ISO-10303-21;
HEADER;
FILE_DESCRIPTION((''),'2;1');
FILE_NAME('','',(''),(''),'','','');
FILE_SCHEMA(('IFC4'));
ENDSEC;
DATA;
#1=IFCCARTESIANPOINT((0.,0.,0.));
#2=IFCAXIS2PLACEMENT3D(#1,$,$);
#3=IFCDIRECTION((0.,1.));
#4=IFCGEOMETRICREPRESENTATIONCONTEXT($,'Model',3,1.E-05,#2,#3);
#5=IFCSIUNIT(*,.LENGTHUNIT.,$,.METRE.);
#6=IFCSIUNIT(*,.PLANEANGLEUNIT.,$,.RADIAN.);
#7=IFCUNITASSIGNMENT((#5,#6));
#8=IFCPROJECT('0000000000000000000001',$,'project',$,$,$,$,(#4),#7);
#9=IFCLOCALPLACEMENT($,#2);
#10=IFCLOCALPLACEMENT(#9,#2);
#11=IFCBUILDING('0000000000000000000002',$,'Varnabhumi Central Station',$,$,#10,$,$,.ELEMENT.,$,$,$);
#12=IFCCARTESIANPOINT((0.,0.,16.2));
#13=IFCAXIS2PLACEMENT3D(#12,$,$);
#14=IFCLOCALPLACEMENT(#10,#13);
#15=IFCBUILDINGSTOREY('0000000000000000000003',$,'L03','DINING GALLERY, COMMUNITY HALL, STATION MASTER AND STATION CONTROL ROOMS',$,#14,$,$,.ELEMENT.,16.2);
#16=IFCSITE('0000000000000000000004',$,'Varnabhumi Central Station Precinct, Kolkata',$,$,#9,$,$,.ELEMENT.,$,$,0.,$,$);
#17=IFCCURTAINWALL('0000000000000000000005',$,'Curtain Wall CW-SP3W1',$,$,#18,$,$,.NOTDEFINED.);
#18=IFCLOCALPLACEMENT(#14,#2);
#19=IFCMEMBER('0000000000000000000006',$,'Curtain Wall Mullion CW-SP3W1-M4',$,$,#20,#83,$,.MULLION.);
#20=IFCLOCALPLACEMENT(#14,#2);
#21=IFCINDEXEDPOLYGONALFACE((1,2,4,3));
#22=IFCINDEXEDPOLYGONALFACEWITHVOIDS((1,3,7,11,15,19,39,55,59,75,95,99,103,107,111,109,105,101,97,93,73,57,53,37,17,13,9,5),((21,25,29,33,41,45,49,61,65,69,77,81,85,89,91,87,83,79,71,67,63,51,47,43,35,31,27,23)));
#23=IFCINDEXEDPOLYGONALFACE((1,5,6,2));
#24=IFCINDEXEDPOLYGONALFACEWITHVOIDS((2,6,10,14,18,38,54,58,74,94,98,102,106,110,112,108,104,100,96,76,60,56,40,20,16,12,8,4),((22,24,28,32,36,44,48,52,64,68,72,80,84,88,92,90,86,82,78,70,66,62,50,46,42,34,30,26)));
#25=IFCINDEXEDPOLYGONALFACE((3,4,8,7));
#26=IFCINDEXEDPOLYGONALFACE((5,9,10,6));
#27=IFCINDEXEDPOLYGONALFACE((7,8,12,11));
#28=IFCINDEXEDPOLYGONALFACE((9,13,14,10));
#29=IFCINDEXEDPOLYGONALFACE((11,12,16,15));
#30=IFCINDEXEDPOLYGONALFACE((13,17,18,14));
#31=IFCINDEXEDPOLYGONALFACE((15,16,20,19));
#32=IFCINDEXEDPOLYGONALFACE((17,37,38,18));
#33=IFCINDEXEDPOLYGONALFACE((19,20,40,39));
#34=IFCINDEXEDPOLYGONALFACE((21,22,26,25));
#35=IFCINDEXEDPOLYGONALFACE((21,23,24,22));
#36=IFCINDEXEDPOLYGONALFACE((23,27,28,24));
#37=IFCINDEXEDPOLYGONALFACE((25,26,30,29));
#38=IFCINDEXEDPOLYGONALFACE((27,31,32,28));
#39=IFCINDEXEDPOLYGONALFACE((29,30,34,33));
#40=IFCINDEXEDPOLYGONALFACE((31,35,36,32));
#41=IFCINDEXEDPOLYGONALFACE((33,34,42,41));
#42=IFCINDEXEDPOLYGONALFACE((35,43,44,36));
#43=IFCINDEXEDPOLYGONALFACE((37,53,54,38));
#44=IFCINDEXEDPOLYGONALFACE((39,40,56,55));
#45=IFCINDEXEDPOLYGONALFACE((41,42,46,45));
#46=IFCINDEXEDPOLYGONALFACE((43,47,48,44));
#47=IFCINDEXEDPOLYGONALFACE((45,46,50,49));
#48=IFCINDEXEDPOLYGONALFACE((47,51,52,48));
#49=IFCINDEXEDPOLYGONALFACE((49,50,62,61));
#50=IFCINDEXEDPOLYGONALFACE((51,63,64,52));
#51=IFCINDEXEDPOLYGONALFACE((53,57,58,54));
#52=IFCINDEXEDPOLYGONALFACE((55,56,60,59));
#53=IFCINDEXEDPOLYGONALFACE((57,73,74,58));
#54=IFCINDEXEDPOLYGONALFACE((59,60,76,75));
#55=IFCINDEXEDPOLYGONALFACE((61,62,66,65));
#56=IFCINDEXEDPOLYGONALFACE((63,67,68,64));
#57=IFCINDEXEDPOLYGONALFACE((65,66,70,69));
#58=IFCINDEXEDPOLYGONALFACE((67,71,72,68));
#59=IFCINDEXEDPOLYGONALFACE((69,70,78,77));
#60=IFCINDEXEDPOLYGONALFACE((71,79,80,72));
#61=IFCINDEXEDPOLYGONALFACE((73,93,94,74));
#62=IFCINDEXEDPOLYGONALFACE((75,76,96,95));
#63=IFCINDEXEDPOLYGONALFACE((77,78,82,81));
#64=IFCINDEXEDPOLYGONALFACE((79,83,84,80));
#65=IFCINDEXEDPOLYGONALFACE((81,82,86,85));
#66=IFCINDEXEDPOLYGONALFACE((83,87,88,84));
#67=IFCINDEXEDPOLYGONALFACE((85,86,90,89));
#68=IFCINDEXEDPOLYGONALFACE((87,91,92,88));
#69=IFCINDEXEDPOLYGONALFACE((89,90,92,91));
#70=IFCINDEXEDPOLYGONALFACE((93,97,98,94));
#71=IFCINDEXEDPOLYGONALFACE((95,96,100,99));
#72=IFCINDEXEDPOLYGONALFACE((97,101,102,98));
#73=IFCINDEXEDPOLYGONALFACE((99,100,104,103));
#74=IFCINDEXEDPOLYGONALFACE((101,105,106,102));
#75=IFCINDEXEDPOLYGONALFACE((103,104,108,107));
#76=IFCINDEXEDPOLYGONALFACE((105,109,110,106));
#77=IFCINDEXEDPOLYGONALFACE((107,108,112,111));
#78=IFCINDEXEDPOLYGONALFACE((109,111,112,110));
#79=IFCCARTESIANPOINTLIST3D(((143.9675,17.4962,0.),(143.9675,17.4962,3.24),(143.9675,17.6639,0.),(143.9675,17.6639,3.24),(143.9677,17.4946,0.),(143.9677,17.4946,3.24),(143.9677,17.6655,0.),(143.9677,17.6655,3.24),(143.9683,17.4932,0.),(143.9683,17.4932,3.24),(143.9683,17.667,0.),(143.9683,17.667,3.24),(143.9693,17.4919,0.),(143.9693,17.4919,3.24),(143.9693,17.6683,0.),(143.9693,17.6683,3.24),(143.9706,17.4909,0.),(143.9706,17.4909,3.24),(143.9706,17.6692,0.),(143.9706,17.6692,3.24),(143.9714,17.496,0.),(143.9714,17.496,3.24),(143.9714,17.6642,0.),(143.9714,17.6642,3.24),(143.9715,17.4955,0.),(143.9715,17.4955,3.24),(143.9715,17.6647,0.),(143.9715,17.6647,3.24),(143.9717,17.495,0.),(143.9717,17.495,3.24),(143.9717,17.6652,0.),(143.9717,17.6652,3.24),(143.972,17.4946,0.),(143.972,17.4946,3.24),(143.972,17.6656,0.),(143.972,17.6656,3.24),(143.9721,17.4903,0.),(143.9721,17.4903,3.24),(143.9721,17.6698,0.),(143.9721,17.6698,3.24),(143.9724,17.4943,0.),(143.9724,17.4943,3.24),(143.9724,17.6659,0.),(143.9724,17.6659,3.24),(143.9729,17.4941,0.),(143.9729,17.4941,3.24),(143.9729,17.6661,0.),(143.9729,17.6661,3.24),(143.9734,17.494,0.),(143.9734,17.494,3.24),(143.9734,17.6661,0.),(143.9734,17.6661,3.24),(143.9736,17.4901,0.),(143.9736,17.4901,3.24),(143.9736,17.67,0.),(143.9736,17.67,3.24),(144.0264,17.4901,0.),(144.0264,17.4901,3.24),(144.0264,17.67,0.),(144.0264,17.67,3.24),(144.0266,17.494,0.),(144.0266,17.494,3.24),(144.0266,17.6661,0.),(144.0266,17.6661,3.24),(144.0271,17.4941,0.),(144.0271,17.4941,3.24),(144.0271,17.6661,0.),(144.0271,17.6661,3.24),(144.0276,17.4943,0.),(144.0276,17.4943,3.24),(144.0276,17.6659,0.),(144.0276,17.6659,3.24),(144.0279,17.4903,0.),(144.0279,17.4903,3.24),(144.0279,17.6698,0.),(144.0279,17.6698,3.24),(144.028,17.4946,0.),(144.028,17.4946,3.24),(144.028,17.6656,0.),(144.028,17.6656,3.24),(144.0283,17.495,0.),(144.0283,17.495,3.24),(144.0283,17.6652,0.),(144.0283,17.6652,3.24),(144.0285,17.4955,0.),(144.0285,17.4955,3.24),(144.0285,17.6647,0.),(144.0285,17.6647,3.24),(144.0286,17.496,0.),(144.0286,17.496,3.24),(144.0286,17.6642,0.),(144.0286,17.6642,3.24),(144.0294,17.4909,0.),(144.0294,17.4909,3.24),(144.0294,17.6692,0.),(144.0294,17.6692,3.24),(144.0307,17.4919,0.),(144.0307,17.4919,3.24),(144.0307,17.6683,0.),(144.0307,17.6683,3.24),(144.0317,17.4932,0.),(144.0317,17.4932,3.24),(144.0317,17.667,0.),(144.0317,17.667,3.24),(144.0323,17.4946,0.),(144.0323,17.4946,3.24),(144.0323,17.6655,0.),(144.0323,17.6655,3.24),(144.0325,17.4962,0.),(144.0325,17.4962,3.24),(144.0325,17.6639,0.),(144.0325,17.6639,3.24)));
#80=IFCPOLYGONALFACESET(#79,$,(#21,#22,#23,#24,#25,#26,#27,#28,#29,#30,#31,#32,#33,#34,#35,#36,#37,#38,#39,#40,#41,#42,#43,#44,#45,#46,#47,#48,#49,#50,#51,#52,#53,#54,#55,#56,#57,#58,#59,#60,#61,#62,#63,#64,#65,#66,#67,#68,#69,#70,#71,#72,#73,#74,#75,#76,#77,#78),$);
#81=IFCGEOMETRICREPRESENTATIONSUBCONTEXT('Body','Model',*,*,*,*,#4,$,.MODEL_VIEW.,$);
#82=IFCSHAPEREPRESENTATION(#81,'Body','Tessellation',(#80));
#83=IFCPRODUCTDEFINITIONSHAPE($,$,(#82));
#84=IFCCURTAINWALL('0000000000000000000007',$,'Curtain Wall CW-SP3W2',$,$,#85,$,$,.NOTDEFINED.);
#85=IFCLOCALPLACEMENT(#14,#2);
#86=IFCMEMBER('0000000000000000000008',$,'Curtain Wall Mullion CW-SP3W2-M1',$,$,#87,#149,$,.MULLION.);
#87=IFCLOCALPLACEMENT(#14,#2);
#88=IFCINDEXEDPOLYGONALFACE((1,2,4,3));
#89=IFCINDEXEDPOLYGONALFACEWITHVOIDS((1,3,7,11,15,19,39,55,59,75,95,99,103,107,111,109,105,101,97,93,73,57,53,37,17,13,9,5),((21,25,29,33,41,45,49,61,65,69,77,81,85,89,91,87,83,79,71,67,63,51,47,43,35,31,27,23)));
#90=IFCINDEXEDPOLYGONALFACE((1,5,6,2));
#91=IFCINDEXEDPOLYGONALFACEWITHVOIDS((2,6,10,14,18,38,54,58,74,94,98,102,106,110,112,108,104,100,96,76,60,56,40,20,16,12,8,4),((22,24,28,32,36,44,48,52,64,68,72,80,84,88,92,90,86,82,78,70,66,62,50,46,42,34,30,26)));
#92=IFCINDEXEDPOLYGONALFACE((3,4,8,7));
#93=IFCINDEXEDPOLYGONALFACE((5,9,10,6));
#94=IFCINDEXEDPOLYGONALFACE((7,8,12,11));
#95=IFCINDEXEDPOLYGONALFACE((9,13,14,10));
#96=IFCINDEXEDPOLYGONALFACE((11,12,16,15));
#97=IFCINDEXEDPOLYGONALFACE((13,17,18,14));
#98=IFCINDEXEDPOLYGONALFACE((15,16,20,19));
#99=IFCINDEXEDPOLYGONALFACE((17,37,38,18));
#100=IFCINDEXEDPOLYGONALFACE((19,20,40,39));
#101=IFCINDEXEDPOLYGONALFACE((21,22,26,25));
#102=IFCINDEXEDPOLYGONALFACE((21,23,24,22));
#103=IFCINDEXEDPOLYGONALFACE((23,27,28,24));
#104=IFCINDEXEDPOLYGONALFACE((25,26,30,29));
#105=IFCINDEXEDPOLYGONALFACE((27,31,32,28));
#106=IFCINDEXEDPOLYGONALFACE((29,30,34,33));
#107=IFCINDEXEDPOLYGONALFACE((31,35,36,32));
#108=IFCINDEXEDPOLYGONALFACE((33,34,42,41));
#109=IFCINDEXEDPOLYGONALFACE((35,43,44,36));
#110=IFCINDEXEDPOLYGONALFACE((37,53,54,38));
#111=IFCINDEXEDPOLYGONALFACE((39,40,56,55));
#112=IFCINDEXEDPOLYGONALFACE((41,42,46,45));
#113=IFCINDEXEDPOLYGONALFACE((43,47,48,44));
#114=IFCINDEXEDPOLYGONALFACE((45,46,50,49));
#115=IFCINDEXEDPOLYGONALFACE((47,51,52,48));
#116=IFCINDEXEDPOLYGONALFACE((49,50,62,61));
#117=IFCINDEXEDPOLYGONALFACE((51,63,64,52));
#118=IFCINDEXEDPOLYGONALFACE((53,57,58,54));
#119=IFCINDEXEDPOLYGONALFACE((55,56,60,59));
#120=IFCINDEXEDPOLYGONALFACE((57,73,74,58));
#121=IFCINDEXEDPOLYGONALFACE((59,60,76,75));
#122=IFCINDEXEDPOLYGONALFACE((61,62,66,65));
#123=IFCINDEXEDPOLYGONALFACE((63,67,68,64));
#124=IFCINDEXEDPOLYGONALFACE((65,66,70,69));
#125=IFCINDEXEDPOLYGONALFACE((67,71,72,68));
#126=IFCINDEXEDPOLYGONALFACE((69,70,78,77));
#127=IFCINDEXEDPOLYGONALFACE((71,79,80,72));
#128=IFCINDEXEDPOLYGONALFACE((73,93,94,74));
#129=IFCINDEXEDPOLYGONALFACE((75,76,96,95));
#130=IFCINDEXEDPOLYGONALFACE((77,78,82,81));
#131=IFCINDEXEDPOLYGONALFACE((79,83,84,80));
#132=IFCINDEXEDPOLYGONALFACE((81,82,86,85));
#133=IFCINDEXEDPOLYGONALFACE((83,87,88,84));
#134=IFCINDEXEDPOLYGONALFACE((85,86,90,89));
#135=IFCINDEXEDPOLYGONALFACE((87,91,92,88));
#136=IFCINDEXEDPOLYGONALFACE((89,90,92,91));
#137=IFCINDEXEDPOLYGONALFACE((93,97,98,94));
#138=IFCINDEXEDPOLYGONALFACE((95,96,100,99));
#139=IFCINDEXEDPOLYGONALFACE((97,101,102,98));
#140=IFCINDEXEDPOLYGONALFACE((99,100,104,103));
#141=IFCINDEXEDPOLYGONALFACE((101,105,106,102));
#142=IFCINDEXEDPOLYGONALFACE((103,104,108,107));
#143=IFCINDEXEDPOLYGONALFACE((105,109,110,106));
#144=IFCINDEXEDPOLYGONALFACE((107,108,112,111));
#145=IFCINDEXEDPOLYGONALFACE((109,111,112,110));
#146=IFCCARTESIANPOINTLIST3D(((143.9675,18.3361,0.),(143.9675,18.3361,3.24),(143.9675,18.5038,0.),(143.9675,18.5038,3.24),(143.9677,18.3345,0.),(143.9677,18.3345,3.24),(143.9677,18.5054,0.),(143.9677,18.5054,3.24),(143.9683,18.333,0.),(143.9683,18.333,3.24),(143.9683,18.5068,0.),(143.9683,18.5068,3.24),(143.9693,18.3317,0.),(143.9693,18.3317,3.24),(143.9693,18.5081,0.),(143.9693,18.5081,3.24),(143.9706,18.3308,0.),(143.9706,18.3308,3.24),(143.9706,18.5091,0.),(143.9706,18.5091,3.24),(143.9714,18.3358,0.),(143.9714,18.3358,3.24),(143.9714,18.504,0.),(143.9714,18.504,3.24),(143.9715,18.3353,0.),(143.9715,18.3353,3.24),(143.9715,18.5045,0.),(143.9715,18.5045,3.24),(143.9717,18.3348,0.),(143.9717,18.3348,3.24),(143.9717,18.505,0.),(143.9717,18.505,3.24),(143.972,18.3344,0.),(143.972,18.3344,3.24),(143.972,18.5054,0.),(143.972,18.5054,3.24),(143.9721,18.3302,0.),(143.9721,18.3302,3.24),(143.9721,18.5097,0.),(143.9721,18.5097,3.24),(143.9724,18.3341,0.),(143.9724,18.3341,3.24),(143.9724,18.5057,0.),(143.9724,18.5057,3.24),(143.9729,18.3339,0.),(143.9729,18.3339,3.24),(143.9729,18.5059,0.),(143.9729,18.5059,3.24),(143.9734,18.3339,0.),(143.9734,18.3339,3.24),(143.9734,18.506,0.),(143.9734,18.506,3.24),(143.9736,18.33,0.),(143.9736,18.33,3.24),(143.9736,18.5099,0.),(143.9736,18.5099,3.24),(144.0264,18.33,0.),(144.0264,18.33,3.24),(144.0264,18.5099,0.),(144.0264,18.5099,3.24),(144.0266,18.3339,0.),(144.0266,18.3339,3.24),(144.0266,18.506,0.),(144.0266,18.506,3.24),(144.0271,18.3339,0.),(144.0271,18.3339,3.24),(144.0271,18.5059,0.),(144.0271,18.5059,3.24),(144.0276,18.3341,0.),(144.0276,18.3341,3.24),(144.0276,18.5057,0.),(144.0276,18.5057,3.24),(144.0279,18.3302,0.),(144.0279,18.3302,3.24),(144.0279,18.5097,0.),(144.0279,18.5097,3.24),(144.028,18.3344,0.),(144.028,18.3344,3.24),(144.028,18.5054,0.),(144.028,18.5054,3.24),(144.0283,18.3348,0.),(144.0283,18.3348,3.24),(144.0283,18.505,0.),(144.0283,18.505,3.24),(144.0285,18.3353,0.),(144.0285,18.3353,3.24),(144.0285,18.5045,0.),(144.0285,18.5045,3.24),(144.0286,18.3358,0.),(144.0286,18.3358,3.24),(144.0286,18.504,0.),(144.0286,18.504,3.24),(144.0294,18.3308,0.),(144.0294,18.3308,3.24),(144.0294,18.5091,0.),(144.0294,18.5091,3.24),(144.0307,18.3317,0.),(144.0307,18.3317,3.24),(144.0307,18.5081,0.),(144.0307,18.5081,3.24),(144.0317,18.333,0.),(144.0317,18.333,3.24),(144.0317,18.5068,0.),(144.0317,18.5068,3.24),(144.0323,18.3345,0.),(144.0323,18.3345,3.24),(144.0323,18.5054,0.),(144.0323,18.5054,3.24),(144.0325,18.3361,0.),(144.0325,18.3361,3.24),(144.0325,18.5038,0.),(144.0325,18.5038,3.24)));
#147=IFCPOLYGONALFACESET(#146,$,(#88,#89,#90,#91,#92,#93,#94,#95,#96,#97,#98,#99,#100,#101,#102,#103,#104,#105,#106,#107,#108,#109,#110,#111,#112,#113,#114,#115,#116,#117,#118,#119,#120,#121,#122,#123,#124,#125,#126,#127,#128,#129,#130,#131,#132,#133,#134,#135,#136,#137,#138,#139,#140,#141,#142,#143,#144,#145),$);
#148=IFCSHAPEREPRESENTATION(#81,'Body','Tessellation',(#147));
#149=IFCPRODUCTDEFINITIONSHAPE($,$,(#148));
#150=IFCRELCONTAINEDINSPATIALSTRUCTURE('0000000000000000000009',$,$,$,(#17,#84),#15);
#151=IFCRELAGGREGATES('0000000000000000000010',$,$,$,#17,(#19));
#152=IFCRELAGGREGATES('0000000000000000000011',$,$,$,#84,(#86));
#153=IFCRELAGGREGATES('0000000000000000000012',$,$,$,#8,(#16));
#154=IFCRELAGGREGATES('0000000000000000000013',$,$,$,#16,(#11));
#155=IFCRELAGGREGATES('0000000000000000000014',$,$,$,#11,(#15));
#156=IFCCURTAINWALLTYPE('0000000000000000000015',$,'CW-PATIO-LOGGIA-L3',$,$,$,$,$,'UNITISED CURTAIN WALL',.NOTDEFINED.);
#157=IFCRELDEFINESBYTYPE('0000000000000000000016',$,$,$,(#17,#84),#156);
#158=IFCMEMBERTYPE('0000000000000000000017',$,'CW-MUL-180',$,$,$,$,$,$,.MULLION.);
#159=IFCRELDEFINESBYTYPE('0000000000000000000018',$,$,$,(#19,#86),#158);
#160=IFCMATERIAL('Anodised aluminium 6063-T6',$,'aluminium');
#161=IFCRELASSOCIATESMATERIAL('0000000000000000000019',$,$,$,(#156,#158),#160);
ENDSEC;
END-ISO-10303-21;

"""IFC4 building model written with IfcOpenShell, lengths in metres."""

from ifc_helpers import new_model, si_unit, direction, frame, origin, origin_2d, place, context, subcontext, project, spatial, hollow_rectangle, extrude, material, material_profile, profile_set, type_object, element, aggregate, save


model = new_model("IFC4")

# Units and contexts
model_context = context("Model", 3, precision=1e-05, world=origin(), true_north=direction((0.0, 1.0)))
body_context = subcontext(model_context, "Body", "Model", "MODEL_VIEW")
ifc_project = project(units=[si_unit("LENGTHUNIT", "METRE"), si_unit("PLANEANGLEUNIT", "RADIAN")], contexts=[model_context])

# Site, building, storey
site_placement = place(None, origin())
site = spatial("IfcSite", under=ifc_project, at=site_placement, Name="Varnabhumi Central Station Precinct, Kolkata", CompositionType="ELEMENT", RefElevation=0.0)
building_placement = place(site_placement, origin())
building = spatial("IfcBuilding", under=site, at=building_placement, Name="Varnabhumi Central Station", CompositionType="ELEMENT")
storey_placement = place(building_placement, frame((0.0, 0.0, 16.2)))
storey = spatial("IfcBuildingStorey", under=building, at=storey_placement, Name="L03", Description="DINING GALLERY, COMMUNITY HALL, STATION MASTER AND STATION CONTROL ROOMS", CompositionType="ELEMENT", Elevation=16.2)

# Curtain walls, members
ifc_material_1 = material(Name="Anodised aluminium 6063-T6", Category="aluminium")
curtain_wall_type = type_object("IfcCurtainWallType", Name="CW-PATIO-LOGGIA-L3", ElementType="UNITISED CURTAIN WALL", PredefinedType="NOTDEFINED", material=ifc_material_1)
curtain_wall_1_placement = place(storey_placement, origin())
curtain_wall_1 = element("IfcCurtainWall", 1, at=curtain_wall_1_placement, inside=storey, type_object=curtain_wall_type, Name="Curtain Wall CW-SP3W1", PredefinedType="NOTDEFINED")
ifc_material_profile_1 = material_profile(ifc_material_1, hollow_rectangle(XDim=0.0649, YDim=0.1799, WallThickness=0.0039, InnerFilletRadius=0.002, OuterFilletRadius=0.0061, at=origin_2d()), Name="Anodised aluminium 6063-T6", Category="aluminium")
ifc_profile_set_1 = profile_set([ifc_material_profile_1], Name="Anodised aluminium 6063-T6")
member_type_1 = type_object("IfcMemberType", Name="CW-MUL-180", PredefinedType="MULLION", material=ifc_profile_set_1)
member_1_placement = place(storey_placement, frame((144.0, 17.5801, 0.0), z_axis=(0.0, 0.0, 1.0), x_axis=(1.0, 0.0, 0.0)))
member_1 = element("IfcMember", 2, at=member_1_placement, type_object=member_type_1, Name="Curtain Wall Mullion CW-SP3W1-M4", PredefinedType="MULLION", context=body_context, shape_type="SweptSolid", body=[
    extrude(hollow_rectangle(XDim=0.0649, YDim=0.1799, WallThickness=0.0039, InnerFilletRadius=0.002, OuterFilletRadius=0.0061, at=origin_2d()), origin(), (0.0, 0.0, 1.0), 3.24),
])
curtain_wall_2_placement = place(storey_placement, origin())
curtain_wall_2 = element("IfcCurtainWall", 3, at=curtain_wall_2_placement, inside=storey, type_object=curtain_wall_type, Name="Curtain Wall CW-SP3W2", PredefinedType="NOTDEFINED")
member_2_placement = place(storey_placement, frame((144.0, 18.4199, 0.0), z_axis=(0.0, 0.0, 1.0), x_axis=(1.0, 0.0, 0.0)))
member_2 = element("IfcMember", 4, at=member_2_placement, type_object=member_type_1, Name="Curtain Wall Mullion CW-SP3W2-M1", PredefinedType="MULLION", context=body_context, shape_type="SweptSolid", body=[
    extrude(hollow_rectangle(XDim=0.0649, YDim=0.1799, WallThickness=0.0039, InnerFilletRadius=0.002, OuterFilletRadius=0.0061, at=origin_2d()), origin(), (0.0, 0.0, 1.0), 3.24),
])

aggregate(curtain_wall_1, [member_1])
aggregate(curtain_wall_2, [member_2])

save(model, "model.ifc")
